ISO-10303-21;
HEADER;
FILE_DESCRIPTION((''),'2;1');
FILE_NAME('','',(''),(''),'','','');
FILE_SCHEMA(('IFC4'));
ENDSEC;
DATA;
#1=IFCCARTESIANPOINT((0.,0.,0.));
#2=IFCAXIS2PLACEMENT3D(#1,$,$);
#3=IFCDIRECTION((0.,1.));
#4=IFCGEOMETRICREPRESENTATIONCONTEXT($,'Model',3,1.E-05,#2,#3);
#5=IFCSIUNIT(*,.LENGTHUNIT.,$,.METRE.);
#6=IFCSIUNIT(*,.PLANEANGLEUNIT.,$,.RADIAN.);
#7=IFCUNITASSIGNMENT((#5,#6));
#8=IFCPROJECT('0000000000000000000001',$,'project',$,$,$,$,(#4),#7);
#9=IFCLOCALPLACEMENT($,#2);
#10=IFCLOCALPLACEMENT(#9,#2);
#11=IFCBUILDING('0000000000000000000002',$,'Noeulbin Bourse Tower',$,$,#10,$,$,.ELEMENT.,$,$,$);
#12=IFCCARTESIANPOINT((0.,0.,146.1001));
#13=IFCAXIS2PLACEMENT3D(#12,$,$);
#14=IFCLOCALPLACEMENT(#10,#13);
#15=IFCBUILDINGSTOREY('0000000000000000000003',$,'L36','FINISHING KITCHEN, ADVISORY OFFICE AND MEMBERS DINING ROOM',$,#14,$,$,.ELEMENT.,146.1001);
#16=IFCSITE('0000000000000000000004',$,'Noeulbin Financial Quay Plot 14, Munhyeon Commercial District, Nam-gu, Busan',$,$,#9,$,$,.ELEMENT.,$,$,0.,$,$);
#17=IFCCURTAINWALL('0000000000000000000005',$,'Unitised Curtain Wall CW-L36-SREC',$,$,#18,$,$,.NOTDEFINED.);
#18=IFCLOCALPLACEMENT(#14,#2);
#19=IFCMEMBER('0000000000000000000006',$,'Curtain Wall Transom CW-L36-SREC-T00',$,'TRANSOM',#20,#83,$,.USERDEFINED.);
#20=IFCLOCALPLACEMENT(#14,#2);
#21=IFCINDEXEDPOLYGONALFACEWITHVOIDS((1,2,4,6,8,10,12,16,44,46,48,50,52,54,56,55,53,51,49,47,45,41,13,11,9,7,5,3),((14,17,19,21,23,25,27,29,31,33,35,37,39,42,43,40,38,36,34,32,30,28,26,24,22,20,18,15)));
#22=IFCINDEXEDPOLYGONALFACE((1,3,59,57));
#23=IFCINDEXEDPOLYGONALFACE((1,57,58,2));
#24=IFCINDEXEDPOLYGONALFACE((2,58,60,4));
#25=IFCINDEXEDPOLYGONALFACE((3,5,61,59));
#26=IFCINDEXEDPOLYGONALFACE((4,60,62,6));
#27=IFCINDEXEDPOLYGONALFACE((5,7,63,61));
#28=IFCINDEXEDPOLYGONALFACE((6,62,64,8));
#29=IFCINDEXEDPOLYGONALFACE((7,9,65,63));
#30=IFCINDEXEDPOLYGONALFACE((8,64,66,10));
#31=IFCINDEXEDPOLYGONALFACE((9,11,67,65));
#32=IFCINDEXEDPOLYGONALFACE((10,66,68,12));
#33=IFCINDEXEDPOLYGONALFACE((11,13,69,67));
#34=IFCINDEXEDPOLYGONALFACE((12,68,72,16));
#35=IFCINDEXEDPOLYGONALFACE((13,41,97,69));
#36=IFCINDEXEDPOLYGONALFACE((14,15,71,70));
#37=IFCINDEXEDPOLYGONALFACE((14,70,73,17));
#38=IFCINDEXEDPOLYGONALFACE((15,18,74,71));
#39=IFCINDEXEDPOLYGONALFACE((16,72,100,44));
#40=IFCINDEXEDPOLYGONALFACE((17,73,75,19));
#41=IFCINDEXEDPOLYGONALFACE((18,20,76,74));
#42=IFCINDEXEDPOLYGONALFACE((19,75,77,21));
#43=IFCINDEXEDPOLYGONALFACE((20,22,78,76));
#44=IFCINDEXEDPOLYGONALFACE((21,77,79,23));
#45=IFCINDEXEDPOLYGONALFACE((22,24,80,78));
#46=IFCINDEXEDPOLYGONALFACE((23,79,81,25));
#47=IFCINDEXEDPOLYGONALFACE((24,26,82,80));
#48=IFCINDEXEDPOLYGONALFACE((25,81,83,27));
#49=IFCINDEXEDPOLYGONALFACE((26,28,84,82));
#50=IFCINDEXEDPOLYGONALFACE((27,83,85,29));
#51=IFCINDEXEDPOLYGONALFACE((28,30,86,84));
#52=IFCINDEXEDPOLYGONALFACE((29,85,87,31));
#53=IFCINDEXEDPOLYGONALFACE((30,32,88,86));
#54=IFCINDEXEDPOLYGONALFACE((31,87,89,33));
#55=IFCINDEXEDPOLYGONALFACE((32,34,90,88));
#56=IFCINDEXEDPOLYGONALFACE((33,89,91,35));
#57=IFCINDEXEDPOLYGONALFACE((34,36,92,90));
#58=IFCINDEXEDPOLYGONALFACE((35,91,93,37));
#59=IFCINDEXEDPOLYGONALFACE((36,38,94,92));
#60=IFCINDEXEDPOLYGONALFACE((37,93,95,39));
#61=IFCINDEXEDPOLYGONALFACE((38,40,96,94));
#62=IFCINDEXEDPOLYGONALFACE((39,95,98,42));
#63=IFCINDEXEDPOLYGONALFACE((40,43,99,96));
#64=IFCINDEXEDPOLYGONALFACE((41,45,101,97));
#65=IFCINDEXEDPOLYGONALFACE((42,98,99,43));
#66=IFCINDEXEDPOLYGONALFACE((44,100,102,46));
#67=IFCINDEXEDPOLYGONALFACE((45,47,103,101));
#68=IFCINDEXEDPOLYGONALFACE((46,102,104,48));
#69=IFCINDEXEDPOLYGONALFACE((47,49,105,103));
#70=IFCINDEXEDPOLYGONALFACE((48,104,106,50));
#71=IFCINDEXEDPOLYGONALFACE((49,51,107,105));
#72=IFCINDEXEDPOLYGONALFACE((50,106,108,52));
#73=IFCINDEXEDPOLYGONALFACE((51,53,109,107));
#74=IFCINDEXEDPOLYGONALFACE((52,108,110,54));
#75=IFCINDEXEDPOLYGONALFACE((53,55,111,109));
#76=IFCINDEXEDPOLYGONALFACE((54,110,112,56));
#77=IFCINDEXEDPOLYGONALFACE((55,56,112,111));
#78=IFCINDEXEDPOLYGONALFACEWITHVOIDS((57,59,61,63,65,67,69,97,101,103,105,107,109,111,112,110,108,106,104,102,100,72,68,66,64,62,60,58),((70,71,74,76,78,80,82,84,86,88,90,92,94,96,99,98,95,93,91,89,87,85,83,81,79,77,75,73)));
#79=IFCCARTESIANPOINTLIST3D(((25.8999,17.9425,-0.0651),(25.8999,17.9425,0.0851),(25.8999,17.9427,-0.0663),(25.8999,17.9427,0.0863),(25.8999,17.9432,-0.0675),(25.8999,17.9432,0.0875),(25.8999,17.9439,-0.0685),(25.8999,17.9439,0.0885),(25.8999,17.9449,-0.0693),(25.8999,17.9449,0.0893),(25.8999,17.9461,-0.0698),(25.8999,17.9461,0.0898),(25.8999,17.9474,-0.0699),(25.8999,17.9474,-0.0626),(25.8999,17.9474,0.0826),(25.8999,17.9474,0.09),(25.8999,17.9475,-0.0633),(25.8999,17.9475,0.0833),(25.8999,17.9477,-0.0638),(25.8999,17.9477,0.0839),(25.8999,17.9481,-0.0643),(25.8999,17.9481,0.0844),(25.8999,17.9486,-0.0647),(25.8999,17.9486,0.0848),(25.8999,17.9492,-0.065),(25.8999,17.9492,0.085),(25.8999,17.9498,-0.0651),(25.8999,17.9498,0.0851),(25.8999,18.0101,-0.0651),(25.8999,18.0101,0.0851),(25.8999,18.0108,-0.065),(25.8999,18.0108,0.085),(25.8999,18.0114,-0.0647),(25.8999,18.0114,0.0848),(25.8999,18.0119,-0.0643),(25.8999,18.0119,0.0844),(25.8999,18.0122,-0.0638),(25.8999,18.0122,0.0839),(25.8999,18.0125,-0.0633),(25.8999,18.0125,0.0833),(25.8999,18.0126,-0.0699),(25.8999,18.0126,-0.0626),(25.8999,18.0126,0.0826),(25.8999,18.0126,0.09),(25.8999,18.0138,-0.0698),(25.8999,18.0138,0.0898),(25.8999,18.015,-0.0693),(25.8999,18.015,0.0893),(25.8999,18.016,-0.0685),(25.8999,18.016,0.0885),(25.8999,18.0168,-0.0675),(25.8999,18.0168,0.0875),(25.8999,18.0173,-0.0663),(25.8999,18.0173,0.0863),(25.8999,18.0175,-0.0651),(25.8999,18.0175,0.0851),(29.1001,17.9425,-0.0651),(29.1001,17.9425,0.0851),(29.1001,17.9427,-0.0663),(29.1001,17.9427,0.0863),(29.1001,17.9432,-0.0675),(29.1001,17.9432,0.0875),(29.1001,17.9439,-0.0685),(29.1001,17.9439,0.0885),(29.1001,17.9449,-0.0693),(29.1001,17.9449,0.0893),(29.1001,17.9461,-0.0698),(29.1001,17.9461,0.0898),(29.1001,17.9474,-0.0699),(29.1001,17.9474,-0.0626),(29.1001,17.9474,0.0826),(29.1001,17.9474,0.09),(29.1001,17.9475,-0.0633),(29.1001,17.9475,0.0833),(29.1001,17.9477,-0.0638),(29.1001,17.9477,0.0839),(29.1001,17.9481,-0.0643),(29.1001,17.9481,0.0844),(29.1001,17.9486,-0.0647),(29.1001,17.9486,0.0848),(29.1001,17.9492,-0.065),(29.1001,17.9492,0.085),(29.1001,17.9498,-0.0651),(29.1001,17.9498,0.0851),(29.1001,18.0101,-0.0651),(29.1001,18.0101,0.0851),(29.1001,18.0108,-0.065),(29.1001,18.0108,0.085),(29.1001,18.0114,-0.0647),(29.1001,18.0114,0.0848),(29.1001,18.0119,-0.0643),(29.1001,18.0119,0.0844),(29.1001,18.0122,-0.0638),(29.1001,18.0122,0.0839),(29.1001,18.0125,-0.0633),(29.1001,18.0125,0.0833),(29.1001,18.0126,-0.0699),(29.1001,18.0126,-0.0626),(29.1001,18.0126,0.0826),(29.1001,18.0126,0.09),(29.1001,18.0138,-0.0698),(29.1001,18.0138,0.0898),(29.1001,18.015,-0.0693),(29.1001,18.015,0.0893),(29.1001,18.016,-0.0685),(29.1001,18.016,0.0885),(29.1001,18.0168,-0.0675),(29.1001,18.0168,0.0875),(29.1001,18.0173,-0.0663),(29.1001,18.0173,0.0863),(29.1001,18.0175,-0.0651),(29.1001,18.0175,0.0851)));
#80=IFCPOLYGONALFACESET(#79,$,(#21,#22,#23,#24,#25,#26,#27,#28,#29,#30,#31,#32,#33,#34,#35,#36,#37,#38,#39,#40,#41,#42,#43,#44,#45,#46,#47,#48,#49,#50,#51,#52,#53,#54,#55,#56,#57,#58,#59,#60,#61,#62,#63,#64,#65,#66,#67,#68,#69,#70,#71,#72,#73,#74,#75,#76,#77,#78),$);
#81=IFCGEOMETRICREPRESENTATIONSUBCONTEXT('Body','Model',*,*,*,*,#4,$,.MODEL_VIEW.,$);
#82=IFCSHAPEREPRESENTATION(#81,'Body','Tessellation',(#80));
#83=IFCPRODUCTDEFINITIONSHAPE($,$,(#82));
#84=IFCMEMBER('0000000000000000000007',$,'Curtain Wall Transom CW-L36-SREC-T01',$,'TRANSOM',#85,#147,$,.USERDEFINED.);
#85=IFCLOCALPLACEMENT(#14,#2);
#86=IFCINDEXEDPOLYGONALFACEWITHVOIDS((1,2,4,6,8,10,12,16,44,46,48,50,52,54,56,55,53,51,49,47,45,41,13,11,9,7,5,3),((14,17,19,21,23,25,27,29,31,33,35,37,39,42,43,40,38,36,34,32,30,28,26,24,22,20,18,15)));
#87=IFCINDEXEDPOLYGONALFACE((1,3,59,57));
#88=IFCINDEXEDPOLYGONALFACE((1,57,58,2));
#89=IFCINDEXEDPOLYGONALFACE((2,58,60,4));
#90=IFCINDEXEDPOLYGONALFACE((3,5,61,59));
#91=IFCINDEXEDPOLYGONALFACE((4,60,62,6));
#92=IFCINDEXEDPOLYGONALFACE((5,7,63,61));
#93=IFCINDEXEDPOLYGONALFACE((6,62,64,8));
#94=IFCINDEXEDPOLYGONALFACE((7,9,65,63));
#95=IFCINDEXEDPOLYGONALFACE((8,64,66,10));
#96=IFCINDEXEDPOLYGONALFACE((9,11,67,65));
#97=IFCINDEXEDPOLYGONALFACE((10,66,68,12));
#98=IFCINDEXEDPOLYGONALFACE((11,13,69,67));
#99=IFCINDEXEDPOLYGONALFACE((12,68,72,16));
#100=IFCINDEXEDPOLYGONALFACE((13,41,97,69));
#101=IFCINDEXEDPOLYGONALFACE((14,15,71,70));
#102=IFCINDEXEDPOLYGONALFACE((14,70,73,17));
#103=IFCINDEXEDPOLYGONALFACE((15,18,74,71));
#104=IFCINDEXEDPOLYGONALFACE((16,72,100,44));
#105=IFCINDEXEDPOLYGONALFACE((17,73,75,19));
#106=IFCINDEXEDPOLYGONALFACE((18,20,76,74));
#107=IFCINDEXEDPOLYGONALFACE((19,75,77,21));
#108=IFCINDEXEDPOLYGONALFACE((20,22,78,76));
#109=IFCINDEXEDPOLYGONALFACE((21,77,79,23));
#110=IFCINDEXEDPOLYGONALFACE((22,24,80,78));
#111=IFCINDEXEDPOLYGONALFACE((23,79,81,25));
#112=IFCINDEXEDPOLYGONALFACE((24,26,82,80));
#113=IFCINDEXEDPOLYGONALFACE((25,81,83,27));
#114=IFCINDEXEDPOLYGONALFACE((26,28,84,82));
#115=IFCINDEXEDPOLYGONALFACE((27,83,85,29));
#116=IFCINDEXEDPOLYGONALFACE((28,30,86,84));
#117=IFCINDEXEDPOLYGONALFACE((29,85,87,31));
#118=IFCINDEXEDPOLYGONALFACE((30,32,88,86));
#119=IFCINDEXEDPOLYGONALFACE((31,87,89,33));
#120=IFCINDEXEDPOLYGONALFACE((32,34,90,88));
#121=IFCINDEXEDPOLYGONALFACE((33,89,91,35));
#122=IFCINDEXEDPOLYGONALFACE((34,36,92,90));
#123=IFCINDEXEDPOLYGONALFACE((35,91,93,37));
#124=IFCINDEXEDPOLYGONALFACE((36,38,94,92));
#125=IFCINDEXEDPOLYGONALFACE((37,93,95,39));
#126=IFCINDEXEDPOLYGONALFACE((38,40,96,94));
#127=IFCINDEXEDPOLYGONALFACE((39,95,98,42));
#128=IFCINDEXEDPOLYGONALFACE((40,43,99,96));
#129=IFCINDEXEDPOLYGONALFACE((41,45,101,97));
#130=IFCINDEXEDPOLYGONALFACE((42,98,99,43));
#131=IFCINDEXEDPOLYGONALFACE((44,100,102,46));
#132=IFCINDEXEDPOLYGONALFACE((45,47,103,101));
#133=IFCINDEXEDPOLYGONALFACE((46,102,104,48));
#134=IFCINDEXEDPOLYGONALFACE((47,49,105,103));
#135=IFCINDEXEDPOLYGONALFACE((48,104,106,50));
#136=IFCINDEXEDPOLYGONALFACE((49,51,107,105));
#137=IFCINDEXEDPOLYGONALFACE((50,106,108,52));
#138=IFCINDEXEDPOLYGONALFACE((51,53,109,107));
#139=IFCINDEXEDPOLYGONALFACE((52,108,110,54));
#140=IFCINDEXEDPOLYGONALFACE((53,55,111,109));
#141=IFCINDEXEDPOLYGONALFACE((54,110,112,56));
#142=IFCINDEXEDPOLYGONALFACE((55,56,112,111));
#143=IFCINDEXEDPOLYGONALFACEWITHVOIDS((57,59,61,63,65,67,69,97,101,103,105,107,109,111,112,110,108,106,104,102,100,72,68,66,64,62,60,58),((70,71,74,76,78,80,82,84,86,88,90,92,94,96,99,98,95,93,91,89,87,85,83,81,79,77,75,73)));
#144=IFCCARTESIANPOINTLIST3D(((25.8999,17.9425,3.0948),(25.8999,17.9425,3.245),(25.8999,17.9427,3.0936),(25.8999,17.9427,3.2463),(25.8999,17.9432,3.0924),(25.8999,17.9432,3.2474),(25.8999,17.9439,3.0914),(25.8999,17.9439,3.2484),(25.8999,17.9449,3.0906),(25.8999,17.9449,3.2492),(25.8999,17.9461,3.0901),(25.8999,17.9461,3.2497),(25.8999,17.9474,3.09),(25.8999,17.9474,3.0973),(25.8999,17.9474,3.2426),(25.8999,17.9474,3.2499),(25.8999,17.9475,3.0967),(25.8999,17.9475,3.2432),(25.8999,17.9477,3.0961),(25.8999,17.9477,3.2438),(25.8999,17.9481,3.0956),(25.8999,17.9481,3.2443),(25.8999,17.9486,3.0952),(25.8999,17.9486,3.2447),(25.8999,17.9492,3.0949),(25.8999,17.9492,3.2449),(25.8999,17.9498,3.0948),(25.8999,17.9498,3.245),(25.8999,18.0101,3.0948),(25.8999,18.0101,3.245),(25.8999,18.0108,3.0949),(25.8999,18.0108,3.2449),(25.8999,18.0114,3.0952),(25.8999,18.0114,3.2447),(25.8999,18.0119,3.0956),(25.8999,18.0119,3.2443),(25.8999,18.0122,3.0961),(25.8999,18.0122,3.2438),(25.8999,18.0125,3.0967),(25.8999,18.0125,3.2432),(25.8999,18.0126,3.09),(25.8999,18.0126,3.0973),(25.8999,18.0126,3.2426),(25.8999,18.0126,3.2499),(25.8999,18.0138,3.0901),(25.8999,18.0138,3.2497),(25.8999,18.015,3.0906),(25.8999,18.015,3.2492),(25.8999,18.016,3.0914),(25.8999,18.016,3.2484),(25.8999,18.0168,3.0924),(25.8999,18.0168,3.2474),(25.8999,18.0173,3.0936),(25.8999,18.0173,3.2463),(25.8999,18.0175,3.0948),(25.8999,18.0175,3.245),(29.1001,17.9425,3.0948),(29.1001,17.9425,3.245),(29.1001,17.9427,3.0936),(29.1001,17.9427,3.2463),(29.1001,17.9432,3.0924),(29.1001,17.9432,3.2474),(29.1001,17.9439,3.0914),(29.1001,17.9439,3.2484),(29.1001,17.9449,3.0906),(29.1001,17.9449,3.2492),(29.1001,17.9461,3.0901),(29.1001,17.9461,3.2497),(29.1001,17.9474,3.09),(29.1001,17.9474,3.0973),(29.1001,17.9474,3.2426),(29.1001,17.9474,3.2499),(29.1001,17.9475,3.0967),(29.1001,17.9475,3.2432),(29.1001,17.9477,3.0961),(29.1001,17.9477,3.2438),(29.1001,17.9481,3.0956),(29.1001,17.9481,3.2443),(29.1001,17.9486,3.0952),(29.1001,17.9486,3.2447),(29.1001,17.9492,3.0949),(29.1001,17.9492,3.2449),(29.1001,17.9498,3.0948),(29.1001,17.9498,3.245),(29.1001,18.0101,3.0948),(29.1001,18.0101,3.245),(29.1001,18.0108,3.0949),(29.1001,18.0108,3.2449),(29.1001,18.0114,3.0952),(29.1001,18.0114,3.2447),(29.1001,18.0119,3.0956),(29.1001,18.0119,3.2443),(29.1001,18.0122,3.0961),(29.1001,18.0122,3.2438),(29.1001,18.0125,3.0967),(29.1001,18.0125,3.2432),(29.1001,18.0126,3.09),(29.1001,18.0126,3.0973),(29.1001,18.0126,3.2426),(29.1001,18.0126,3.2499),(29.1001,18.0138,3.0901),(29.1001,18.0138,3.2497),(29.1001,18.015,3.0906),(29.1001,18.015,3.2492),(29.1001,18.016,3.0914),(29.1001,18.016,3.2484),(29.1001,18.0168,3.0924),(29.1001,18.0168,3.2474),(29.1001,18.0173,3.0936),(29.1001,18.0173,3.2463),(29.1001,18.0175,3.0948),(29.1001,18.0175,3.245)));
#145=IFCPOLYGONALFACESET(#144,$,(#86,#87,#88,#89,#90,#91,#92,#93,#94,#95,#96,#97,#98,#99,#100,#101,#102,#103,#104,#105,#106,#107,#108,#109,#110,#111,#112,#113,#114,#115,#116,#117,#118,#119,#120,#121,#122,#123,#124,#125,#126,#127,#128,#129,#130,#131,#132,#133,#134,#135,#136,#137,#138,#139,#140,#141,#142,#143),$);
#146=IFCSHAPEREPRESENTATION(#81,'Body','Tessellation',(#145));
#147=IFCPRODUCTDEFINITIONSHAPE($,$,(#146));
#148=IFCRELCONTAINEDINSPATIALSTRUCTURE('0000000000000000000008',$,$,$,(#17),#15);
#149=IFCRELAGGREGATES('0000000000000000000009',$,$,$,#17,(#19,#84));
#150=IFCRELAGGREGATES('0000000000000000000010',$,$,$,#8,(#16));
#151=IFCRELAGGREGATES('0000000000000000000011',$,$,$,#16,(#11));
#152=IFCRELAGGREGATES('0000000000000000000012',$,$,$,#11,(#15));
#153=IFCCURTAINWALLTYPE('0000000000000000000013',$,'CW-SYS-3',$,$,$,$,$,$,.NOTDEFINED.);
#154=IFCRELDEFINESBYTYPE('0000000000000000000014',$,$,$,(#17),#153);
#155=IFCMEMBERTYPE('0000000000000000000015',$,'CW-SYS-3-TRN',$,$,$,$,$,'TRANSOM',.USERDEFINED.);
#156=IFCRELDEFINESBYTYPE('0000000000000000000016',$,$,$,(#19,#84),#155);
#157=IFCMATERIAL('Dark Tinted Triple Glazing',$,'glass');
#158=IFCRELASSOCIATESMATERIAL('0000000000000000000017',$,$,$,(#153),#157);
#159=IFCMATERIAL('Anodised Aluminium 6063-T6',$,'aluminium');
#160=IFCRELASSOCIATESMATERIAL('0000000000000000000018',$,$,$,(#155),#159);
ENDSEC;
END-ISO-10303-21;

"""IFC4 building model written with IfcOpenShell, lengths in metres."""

from ifc_helpers import new_model, si_unit, direction, frame, origin, origin_2d, place, context, subcontext, project, spatial, hollow_rectangle, extrude, material, material_profile, profile_set, type_object, element, aggregate, save


model = new_model("IFC4")

# Units and contexts
model_context = context("Model", 3, precision=1e-05, world=origin(), true_north=direction((0.0, 1.0)))
body_context = subcontext(model_context, "Body", "Model", "MODEL_VIEW")
ifc_project = project(units=[si_unit("LENGTHUNIT", "METRE"), si_unit("PLANEANGLEUNIT", "RADIAN")], contexts=[model_context])

# Site, building, storey
site_placement = place(None, origin())
site = spatial("IfcSite", under=ifc_project, at=site_placement, Name="Noeulbin Financial Quay Plot 14, Munhyeon Commercial District, Nam-gu, Busan", CompositionType="ELEMENT", RefElevation=0.0)
building_placement = place(site_placement, origin())
building = spatial("IfcBuilding", under=site, at=building_placement, Name="Noeulbin Bourse Tower", CompositionType="ELEMENT")
storey_placement = place(building_placement, frame((0.0, 0.0, 146.1001)))
storey = spatial("IfcBuildingStorey", under=building, at=storey_placement, Name="L36", Description="FINISHING KITCHEN, ADVISORY OFFICE AND MEMBERS DINING ROOM", CompositionType="ELEMENT", Elevation=146.1001)

# Curtain wall
ifc_material_1 = material(Name="Dark Tinted Triple Glazing", Category="glass")
curtain_wall_type = type_object("IfcCurtainWallType", Name="CW-SYS-3", PredefinedType="NOTDEFINED", material=ifc_material_1)
curtain_wall_1_placement = place(storey_placement, origin())
curtain_wall_1 = element("IfcCurtainWall", 1, at=curtain_wall_1_placement, inside=storey, type_object=curtain_wall_type, Name="Unitised Curtain Wall CW-L36-SREC", PredefinedType="NOTDEFINED")
ifc_material_2 = material(Name="Anodised Aluminium 6063-T6", Category="aluminium")

# Members
ifc_material_profile_1 = material_profile(ifc_material_2, hollow_rectangle(XDim=0.075, YDim=0.1599, WallThickness=0.0049, InnerFilletRadius=0.0024, OuterFilletRadius=0.0049, at=origin_2d()), Name="ALU-TRAN-75x160x5", Category="LoadBearing")
ifc_profile_set_1 = profile_set([ifc_material_profile_1], Name="Anodised Aluminium 6063-T6")
member_type_1 = type_object("IfcMemberType", Name="CW-SYS-3-TRN", ElementType="TRANSOM", PredefinedType="USERDEFINED", material=ifc_profile_set_1)
member_1_placement = place(storey_placement, frame((25.8999, 17.98, 0.01), z_axis=(1.0, 0.0, 0.0), x_axis=(0.0, 1.0, 0.0)))
member_1 = element("IfcMember", 2, at=member_1_placement, type_object=member_type_1, Name="Curtain Wall Transom CW-L36-SREC-T00", ObjectType="TRANSOM", PredefinedType="USERDEFINED", context=body_context, shape_type="SweptSolid", body=[
    extrude(hollow_rectangle(XDim=0.075, YDim=0.1599, WallThickness=0.0049, InnerFilletRadius=0.0024, OuterFilletRadius=0.0049, at=origin_2d()), origin(), (0.0, 0.0, 1.0), 3.2002),
])
member_2_placement = place(storey_placement, frame((25.8999, 17.98, 3.1699), z_axis=(1.0, 0.0, 0.0), x_axis=(0.0, 1.0, 0.0)))
member_2 = element("IfcMember", 3, at=member_2_placement, type_object=member_type_1, Name="Curtain Wall Transom CW-L36-SREC-T01", ObjectType="TRANSOM", PredefinedType="USERDEFINED", context=body_context, shape_type="SweptSolid", body=[
    extrude(hollow_rectangle(XDim=0.075, YDim=0.1599, WallThickness=0.0049, InnerFilletRadius=0.0024, OuterFilletRadius=0.0049, at=origin_2d()), origin(), (0.0, 0.0, 1.0), 3.2002),
])

aggregate(curtain_wall_1, [member_1, member_2])

save(model, "model.ifc")
